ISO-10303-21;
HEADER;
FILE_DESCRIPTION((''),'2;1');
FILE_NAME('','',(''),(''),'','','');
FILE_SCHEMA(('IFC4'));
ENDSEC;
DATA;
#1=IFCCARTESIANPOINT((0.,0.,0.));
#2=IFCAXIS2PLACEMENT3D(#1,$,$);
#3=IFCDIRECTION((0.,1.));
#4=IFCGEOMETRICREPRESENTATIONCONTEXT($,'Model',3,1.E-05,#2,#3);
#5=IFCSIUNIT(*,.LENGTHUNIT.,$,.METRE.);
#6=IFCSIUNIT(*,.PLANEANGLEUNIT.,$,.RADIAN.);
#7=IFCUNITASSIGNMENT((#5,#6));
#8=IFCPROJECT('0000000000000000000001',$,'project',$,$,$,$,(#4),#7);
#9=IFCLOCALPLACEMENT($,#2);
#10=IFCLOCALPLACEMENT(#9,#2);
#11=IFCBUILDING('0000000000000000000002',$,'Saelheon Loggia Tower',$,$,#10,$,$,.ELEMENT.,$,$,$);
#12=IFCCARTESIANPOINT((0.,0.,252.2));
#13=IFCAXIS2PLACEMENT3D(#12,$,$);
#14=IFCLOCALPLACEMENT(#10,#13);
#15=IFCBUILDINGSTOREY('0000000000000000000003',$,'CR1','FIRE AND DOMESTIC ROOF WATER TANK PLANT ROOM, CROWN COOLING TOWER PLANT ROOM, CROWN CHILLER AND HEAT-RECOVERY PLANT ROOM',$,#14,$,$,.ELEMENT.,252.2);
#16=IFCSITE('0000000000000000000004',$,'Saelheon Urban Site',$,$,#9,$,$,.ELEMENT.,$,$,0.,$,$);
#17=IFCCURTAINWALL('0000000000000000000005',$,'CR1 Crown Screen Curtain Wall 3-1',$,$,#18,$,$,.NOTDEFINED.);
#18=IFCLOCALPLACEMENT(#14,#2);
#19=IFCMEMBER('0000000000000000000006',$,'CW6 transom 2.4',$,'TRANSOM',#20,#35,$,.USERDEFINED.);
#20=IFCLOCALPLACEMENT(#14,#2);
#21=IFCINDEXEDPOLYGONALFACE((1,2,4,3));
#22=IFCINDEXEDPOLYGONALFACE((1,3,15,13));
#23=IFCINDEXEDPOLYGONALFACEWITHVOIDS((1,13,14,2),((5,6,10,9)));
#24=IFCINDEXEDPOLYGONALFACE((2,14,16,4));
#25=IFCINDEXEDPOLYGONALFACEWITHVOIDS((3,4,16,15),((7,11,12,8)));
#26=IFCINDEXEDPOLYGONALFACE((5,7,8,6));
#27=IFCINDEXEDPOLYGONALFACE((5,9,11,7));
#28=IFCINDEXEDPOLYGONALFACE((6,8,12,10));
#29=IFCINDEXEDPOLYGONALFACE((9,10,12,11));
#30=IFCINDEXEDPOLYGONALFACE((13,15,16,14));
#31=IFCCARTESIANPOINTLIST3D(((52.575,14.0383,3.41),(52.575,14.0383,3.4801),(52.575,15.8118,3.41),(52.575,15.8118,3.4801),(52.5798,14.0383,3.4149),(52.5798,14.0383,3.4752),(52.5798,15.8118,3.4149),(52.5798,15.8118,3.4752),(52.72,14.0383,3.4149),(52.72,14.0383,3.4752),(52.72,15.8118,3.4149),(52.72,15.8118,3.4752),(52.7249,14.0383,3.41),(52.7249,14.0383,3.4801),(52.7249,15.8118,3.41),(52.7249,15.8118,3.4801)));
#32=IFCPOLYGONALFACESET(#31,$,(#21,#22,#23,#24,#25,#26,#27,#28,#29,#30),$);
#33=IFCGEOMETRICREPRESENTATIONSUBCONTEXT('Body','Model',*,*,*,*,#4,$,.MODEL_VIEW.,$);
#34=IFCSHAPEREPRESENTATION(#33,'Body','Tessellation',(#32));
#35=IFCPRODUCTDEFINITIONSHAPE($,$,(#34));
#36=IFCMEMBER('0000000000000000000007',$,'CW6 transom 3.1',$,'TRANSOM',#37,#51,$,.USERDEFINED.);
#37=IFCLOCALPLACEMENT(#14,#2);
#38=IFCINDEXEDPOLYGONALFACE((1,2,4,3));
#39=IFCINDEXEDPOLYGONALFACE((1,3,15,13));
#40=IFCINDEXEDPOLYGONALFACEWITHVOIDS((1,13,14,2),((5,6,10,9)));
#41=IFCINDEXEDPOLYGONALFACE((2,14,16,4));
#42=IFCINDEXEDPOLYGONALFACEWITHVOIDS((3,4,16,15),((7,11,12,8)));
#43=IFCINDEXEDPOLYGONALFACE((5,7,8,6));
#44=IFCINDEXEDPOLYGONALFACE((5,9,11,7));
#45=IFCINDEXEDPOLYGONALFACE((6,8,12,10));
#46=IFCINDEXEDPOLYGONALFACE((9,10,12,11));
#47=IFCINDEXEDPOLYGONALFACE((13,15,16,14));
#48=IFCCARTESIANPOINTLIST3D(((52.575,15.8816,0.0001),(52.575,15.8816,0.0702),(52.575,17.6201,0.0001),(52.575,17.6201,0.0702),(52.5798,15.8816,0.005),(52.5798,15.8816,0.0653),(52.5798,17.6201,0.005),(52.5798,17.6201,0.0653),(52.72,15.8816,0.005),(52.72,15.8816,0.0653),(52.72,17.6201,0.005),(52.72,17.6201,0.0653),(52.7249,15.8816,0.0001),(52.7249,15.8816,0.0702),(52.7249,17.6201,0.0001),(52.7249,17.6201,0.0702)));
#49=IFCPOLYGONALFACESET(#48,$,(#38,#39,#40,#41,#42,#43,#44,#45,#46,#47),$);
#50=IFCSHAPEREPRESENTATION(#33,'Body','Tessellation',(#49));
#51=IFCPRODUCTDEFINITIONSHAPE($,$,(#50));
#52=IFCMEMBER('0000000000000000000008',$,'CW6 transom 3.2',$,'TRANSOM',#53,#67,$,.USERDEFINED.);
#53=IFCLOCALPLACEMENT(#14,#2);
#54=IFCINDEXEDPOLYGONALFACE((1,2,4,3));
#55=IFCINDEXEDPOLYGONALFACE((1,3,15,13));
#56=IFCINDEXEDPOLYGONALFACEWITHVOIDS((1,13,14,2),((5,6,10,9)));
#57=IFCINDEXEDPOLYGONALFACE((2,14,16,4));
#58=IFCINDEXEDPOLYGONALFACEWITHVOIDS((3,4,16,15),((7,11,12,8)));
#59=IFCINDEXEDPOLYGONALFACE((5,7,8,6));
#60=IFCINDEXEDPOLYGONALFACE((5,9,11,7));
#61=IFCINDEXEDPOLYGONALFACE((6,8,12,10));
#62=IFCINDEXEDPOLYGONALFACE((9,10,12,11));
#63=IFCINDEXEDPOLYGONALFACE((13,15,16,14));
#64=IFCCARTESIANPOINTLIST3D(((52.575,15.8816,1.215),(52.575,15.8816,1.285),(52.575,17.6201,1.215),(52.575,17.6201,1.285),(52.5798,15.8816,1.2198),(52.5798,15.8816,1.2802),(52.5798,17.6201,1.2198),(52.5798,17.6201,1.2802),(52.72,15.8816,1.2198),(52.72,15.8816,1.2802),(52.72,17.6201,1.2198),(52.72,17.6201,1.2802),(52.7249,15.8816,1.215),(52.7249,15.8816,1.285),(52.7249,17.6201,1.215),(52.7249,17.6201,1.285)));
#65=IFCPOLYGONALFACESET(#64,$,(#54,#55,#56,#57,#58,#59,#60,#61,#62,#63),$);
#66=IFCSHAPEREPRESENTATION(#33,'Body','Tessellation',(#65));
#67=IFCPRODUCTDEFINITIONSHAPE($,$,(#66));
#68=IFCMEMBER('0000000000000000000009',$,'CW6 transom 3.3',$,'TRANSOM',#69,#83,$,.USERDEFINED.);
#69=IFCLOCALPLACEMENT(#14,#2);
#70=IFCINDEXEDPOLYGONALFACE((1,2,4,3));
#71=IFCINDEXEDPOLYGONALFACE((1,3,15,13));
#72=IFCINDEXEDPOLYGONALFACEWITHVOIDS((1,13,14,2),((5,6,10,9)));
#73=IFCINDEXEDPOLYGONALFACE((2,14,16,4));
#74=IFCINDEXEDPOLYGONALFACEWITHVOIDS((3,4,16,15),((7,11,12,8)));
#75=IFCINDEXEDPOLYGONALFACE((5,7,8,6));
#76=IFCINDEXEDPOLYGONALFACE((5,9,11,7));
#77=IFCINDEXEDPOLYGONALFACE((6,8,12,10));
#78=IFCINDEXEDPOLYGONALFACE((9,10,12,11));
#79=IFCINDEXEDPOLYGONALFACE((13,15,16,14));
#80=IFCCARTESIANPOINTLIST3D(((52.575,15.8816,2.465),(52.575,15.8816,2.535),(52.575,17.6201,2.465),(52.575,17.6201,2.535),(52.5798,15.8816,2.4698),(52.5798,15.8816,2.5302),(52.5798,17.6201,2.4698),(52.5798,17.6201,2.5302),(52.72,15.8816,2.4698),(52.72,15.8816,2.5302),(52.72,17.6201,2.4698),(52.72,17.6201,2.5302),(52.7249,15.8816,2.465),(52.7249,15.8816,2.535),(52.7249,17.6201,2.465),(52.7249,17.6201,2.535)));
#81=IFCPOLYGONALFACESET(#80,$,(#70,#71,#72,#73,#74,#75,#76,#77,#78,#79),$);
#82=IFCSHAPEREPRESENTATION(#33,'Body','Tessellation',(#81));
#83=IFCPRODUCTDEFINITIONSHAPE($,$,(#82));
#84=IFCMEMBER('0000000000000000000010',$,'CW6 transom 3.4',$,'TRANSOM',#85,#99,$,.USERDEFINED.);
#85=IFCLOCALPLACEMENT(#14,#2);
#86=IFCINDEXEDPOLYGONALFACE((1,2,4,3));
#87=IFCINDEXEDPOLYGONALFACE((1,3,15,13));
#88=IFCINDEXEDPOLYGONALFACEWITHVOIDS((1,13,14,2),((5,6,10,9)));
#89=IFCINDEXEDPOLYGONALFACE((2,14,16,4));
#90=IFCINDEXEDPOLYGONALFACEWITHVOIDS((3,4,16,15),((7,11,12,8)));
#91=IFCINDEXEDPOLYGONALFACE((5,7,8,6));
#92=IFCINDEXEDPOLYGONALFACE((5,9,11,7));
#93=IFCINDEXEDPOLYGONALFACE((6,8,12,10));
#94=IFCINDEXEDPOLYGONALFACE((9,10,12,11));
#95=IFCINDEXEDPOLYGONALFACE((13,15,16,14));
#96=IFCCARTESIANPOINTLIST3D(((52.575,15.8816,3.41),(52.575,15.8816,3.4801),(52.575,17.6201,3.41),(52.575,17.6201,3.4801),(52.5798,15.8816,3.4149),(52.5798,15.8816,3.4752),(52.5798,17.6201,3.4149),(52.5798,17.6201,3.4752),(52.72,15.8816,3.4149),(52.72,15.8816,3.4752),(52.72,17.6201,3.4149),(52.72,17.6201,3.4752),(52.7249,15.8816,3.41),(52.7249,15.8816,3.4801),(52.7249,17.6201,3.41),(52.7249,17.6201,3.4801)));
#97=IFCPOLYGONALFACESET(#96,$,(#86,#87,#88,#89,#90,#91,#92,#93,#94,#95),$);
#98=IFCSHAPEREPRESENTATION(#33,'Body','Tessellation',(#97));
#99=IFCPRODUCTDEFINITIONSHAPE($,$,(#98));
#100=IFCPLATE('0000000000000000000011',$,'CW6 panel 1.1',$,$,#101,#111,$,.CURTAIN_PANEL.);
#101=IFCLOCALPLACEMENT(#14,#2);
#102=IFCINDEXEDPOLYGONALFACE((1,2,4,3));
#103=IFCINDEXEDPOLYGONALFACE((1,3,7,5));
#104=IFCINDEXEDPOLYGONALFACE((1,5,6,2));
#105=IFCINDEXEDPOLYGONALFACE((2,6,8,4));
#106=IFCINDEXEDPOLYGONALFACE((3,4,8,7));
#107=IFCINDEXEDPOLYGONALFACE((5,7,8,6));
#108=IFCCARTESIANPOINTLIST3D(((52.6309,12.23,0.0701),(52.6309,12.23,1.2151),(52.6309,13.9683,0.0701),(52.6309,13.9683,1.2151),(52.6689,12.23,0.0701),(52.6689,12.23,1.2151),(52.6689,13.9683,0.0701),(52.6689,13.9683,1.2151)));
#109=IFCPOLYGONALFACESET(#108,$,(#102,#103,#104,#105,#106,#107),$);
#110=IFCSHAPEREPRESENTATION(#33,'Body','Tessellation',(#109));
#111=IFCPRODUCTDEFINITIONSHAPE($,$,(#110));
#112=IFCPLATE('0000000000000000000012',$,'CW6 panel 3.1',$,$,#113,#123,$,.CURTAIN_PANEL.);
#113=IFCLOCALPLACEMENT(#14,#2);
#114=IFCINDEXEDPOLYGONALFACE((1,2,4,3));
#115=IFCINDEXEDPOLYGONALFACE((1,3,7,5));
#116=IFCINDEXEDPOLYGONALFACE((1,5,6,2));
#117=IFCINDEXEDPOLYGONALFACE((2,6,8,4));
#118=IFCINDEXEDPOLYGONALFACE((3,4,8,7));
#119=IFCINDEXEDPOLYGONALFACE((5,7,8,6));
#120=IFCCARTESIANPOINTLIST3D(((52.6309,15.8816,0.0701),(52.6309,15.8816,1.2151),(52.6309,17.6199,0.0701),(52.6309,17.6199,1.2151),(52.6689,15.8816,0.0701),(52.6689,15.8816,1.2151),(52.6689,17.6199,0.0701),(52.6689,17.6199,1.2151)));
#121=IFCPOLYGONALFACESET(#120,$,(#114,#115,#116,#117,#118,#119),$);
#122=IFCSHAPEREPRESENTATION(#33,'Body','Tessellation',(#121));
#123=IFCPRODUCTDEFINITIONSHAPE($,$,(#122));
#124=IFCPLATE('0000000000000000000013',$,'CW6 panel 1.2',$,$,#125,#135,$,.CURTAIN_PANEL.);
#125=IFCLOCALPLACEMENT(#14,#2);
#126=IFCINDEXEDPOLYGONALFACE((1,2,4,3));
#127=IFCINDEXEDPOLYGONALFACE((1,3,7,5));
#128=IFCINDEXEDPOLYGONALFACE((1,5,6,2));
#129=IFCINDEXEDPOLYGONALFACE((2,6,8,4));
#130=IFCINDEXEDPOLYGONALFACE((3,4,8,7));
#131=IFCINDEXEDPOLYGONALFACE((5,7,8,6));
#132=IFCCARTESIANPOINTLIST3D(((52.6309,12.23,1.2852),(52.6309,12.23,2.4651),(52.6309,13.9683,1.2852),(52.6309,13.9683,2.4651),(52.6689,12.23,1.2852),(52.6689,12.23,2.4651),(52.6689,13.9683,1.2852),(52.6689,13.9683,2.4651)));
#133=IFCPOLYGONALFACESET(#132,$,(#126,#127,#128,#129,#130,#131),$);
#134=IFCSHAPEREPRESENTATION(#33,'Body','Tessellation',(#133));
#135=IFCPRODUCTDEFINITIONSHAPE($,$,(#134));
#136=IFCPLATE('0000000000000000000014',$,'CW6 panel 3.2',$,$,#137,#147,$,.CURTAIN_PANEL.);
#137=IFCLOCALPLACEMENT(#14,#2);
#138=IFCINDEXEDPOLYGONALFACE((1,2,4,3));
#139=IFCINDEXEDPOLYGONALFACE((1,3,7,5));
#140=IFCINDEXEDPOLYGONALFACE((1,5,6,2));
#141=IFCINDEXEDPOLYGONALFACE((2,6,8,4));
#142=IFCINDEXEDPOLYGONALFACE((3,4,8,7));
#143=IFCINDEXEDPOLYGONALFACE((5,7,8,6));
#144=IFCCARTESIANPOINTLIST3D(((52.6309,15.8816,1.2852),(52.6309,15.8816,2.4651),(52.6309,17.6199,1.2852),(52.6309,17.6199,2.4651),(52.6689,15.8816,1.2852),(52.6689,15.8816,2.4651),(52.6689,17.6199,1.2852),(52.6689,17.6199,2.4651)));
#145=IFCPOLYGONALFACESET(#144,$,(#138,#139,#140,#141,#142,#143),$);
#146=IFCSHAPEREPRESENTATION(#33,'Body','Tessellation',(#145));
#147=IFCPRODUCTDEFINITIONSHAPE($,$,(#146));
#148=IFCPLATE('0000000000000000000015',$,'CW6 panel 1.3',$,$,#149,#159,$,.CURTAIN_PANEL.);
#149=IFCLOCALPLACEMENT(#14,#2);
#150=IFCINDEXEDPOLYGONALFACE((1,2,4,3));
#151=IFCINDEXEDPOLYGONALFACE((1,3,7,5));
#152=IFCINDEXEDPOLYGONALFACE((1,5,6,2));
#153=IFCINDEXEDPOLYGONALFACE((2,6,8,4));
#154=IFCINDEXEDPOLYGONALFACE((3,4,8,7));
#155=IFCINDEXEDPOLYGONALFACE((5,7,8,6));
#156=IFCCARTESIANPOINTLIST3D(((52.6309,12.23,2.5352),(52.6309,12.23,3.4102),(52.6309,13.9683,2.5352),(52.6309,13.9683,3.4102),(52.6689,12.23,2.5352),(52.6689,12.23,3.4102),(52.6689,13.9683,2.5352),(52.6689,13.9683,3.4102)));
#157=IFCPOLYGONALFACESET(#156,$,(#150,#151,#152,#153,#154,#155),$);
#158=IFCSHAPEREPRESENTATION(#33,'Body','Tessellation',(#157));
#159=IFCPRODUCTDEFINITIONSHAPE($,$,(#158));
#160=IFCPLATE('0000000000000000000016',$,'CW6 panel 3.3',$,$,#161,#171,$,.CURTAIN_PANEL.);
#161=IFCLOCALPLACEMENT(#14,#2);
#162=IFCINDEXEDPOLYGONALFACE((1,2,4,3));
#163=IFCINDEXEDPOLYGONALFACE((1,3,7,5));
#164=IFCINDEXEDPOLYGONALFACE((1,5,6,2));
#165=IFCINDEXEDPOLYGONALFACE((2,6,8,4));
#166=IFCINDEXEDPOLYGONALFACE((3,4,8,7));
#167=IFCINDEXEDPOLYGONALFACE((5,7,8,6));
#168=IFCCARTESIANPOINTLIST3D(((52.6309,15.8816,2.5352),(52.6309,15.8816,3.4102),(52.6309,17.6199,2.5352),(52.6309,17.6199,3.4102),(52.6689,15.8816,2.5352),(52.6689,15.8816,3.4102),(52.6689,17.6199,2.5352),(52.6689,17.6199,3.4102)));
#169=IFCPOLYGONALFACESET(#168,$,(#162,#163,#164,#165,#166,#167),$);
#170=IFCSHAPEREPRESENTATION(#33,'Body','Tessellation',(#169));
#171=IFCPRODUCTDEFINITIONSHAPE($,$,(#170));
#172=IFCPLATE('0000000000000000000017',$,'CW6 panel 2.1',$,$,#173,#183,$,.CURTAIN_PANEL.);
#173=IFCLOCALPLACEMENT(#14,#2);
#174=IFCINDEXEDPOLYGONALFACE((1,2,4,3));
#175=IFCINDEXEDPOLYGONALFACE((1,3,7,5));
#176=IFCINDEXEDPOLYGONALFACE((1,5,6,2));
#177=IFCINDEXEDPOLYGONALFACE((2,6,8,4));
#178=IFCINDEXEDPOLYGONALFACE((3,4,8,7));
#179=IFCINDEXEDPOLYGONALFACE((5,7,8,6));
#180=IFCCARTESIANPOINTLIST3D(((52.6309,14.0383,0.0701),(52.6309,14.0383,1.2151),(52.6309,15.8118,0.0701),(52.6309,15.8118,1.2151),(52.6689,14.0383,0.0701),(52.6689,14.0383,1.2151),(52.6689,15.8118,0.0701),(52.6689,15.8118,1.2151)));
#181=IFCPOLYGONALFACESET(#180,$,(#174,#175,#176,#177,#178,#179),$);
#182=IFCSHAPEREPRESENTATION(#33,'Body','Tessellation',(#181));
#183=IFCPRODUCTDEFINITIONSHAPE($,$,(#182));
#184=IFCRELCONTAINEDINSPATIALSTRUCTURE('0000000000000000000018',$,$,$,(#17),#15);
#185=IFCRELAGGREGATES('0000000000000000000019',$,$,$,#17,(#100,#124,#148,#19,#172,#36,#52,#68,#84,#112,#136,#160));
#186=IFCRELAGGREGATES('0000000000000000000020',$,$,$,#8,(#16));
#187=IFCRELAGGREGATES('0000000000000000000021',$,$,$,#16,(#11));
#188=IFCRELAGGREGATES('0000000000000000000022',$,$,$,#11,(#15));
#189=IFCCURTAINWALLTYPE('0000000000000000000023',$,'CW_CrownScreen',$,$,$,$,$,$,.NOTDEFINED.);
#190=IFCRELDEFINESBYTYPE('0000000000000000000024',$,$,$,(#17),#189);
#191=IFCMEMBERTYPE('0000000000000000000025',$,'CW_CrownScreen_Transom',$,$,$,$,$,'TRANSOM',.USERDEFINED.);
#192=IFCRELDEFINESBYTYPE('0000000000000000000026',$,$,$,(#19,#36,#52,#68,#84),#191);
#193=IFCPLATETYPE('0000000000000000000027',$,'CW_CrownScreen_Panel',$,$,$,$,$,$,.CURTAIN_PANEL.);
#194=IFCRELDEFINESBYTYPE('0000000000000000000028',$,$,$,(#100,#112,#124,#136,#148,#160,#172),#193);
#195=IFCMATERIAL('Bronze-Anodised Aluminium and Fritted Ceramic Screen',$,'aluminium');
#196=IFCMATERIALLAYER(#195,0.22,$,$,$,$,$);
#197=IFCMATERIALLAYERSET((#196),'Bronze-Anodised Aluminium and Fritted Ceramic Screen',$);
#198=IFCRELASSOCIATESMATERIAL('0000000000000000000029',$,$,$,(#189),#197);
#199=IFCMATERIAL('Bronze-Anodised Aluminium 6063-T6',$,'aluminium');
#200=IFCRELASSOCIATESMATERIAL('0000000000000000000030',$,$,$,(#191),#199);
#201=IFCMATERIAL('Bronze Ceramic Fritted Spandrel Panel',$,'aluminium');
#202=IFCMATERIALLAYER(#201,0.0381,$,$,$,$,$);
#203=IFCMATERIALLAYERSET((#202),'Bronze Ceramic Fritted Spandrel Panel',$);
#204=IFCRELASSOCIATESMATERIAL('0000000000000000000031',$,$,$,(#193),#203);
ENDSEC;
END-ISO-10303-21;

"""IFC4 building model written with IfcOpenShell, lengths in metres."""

from ifc_helpers import new_model, si_unit, direction, frame, origin, origin_2d, place, context, subcontext, project, spatial, rectangle, hollow_rectangle, extrude, source, transform, mapped, material, layer, layer_set, material_profile, profile_set, type_object, element, aggregate, save


model = new_model("IFC4")

# Units and contexts
model_context = context("Model", 3, precision=1e-05, world=origin(), true_north=direction((0.0, 1.0)))
body_context = subcontext(model_context, "Body", "Model", "MODEL_VIEW")
ifc_project = project(units=[si_unit("LENGTHUNIT", "METRE"), si_unit("PLANEANGLEUNIT", "RADIAN")], contexts=[model_context])

# Site, building, storey
site_placement = place(None, origin())
site = spatial("IfcSite", under=ifc_project, at=site_placement, Name="Saelheon Urban Site", CompositionType="ELEMENT", RefElevation=0.0)
building_placement = place(site_placement, origin())
building = spatial("IfcBuilding", under=site, at=building_placement, Name="Saelheon Loggia Tower", CompositionType="ELEMENT")
storey_placement = place(building_placement, frame((0.0, 0.0, 252.2)))
storey = spatial("IfcBuildingStorey", under=building, at=storey_placement, Name="CR1", Description="FIRE AND DOMESTIC ROOF WATER TANK PLANT ROOM, CROWN COOLING TOWER PLANT ROOM, CROWN CHILLER AND HEAT-RECOVERY PLANT ROOM", CompositionType="ELEMENT", Elevation=252.2)

# Curtain wall, members, plates
ifc_material_1 = material(Name="Bronze-Anodised Aluminium and Fritted Ceramic Screen", Category="aluminium")
ifc_layer_1 = layer(ifc_material_1, 0.22)
ifc_layer_set_1 = layer_set([ifc_layer_1], Name="Bronze-Anodised Aluminium and Fritted Ceramic Screen")
curtain_wall_type = type_object("IfcCurtainWallType", Name="CW_CrownScreen", PredefinedType="NOTDEFINED", material=ifc_layer_set_1)
curtain_wall_placement = place(storey_placement, origin())
curtain_wall = element("IfcCurtainWall", 1, at=curtain_wall_placement, inside=storey, type_object=curtain_wall_type, Name="CR1 Crown Screen Curtain Wall 3-1", PredefinedType="NOTDEFINED")
ifc_material_2 = material(Name="Bronze-Anodised Aluminium 6063-T6", Category="aluminium")
ifc_material_profile_1 = material_profile(ifc_material_2, hollow_rectangle(XDim=0.0701, YDim=0.1499, WallThickness=0.0049, at=origin_2d()), Name="RHS-150x70x5")
ifc_profile_set_1 = profile_set([ifc_material_profile_1], Name="Bronze-Anodised Aluminium 6063-T6")
member_type_1 = type_object("IfcMemberType", Name="CW_CrownScreen_Transom", ElementType="TRANSOM", PredefinedType="USERDEFINED", material=ifc_profile_set_1)
shared_shape_1 = source(origin(), body_context, "Body", "SweptSolid", [
    extrude(hollow_rectangle(XDim=0.0701, YDim=0.1499, WallThickness=0.0049, at=origin_2d()), origin(), (0.0, 0.0, 1.0), 1.7734),
])
member_1_placement = place(storey_placement, frame((52.6499, 14.0383, 3.4451), z_axis=(0.0, 1.0, 0.0), x_axis=(0.0, 0.0, 1.0)))
member_1 = element("IfcMember", 2, at=member_1_placement, type_object=member_type_1, Name="CW6 transom 2.4", ObjectType="TRANSOM", PredefinedType="USERDEFINED", context=body_context, shape_type="MappedRepresentation", body=[
    mapped(shared_shape_1, transform((0.0, 0.0, 0.0), scale=1.0)),
])
shared_shape_2 = source(origin(), body_context, "Body", "SweptSolid", [
    extrude(hollow_rectangle(XDim=0.0701, YDim=0.1499, WallThickness=0.0049, at=origin_2d()), origin(), (0.0, 0.0, 1.0), 1.7385),
])
member_2_placement = place(storey_placement, frame((52.6499, 15.8816, 0.0352), z_axis=(0.0, 1.0, 0.0), x_axis=(0.0, 0.0, 1.0)))
member_2 = element("IfcMember", 3, at=member_2_placement, type_object=member_type_1, Name="CW6 transom 3.1", ObjectType="TRANSOM", PredefinedType="USERDEFINED", context=body_context, shape_type="MappedRepresentation", body=[
    mapped(shared_shape_2, transform((0.0, 0.0, 0.0), scale=1.0)),
])
member_3_placement = place(storey_placement, frame((52.6499, 15.8816, 1.25), z_axis=(0.0, 1.0, 0.0), x_axis=(0.0, 0.0, 1.0)))
member_3 = element("IfcMember", 4, at=member_3_placement, type_object=member_type_1, Name="CW6 transom 3.2", ObjectType="TRANSOM", PredefinedType="USERDEFINED", context=body_context, shape_type="MappedRepresentation", body=[
    mapped(shared_shape_2, transform((0.0, 0.0, 0.0), scale=1.0)),
])
member_4_placement = place(storey_placement, frame((52.6499, 15.8816, 2.5), z_axis=(0.0, 1.0, 0.0), x_axis=(0.0, 0.0, 1.0)))
member_4 = element("IfcMember", 5, at=member_4_placement, type_object=member_type_1, Name="CW6 transom 3.3", ObjectType="TRANSOM", PredefinedType="USERDEFINED", context=body_context, shape_type="MappedRepresentation", body=[
    mapped(shared_shape_2, transform((0.0, 0.0, 0.0), scale=1.0)),
])
member_5_placement = place(storey_placement, frame((52.6499, 15.8816, 3.4451), z_axis=(0.0, 1.0, 0.0), x_axis=(0.0, 0.0, 1.0)))
member_5 = element("IfcMember", 6, at=member_5_placement, type_object=member_type_1, Name="CW6 transom 3.4", ObjectType="TRANSOM", PredefinedType="USERDEFINED", context=body_context, shape_type="MappedRepresentation", body=[
    mapped(shared_shape_2, transform((0.0, 0.0, 0.0), scale=1.0)),
])
ifc_material_3 = material(Name="Bronze Ceramic Fritted Spandrel Panel", Category="aluminium")
ifc_layer_2 = layer(ifc_material_3, 0.0381)
ifc_layer_set_2 = layer_set([ifc_layer_2], Name="Bronze Ceramic Fritted Spandrel Panel")
plate_type = type_object("IfcPlateType", Name="CW_CrownScreen_Panel", PredefinedType="CURTAIN_PANEL", material=ifc_layer_set_2)
shared_shape_3 = source(origin(), body_context, "Body", "SweptSolid", [
    extrude(rectangle(XDim=1.7383, YDim=0.0381, at=origin_2d()), origin(), (0.0, 0.0, 1.0), 1.145),
])
plate_1_placement = place(storey_placement, frame((52.6499, 13.0991, 0.0701), z_axis=(0.0, 0.0, 1.0), x_axis=(0.0, 1.0, 0.0)))
plate_1 = element("IfcPlate", 7, at=plate_1_placement, type_object=plate_type, Name="CW6 panel 1.1", PredefinedType="CURTAIN_PANEL", context=body_context, shape_type="MappedRepresentation", body=[
    mapped(shared_shape_3, transform((0.0, 0.0, 0.0), scale=1.0)),
])
plate_2_placement = place(storey_placement, frame((52.6499, 16.7507, 0.0701), z_axis=(0.0, 0.0, 1.0), x_axis=(0.0, 1.0, 0.0)))
plate_2 = element("IfcPlate", 8, at=plate_2_placement, type_object=plate_type, Name="CW6 panel 3.1", PredefinedType="CURTAIN_PANEL", context=body_context, shape_type="MappedRepresentation", body=[
    mapped(shared_shape_3, transform((0.0, 0.0, 0.0), scale=1.0)),
])
shared_shape_4 = source(origin(), body_context, "Body", "SweptSolid", [
    extrude(rectangle(XDim=1.7383, YDim=0.0381, at=origin_2d()), origin(), (0.0, 0.0, 1.0), 1.1799),
])
plate_3_placement = place(storey_placement, frame((52.6499, 13.0991, 1.2852), z_axis=(0.0, 0.0, 1.0), x_axis=(0.0, 1.0, 0.0)))
plate_3 = element("IfcPlate", 9, at=plate_3_placement, type_object=plate_type, Name="CW6 panel 1.2", PredefinedType="CURTAIN_PANEL", context=body_context, shape_type="MappedRepresentation", body=[
    mapped(shared_shape_4, transform((0.0, 0.0, 0.0), scale=1.0)),
])
plate_4_placement = place(storey_placement, frame((52.6499, 16.7507, 1.2852), z_axis=(0.0, 0.0, 1.0), x_axis=(0.0, 1.0, 0.0)))
plate_4 = element("IfcPlate", 10, at=plate_4_placement, type_object=plate_type, Name="CW6 panel 3.2", PredefinedType="CURTAIN_PANEL", context=body_context, shape_type="MappedRepresentation", body=[
    mapped(shared_shape_4, transform((0.0, 0.0, 0.0), scale=1.0)),
])
shared_shape_5 = source(origin(), body_context, "Body", "SweptSolid", [
    extrude(rectangle(XDim=1.7383, YDim=0.0381, at=origin_2d()), origin(), (0.0, 0.0, 1.0), 0.875),
])
plate_5_placement = place(storey_placement, frame((52.6499, 13.0991, 2.5352), z_axis=(0.0, 0.0, 1.0), x_axis=(0.0, 1.0, 0.0)))
plate_5 = element("IfcPlate", 11, at=plate_5_placement, type_object=plate_type, Name="CW6 panel 1.3", PredefinedType="CURTAIN_PANEL", context=body_context, shape_type="MappedRepresentation", body=[
    mapped(shared_shape_5, transform((0.0, 0.0, 0.0), scale=1.0)),
])
plate_6_placement = place(storey_placement, frame((52.6499, 16.7507, 2.5352), z_axis=(0.0, 0.0, 1.0), x_axis=(0.0, 1.0, 0.0)))
plate_6 = element("IfcPlate", 12, at=plate_6_placement, type_object=plate_type, Name="CW6 panel 3.3", PredefinedType="CURTAIN_PANEL", context=body_context, shape_type="MappedRepresentation", body=[
    mapped(shared_shape_5, transform((0.0, 0.0, 0.0), scale=1.0)),
])
shared_shape_6 = source(origin(), body_context, "Body", "SweptSolid", [
    extrude(rectangle(XDim=1.7734, YDim=0.0381, at=origin_2d()), origin(), (0.0, 0.0, 1.0), 1.145),
])
plate_7_placement = place(storey_placement, frame((52.6499, 14.925, 0.0701), z_axis=(0.0, 0.0, 1.0), x_axis=(0.0, 1.0, 0.0)))
plate_7 = element("IfcPlate", 13, at=plate_7_placement, type_object=plate_type, Name="CW6 panel 2.1", PredefinedType="CURTAIN_PANEL", context=body_context, shape_type="MappedRepresentation", body=[
    mapped(shared_shape_6, transform((0.0, 0.0, 0.0), scale=1.0)),
])
aggregate(curtain_wall, [plate_1, plate_3, plate_5, member_1, plate_7, member_2, member_3, member_4, member_5, plate_2, plate_4, plate_6])

save(model, "model.ifc")
